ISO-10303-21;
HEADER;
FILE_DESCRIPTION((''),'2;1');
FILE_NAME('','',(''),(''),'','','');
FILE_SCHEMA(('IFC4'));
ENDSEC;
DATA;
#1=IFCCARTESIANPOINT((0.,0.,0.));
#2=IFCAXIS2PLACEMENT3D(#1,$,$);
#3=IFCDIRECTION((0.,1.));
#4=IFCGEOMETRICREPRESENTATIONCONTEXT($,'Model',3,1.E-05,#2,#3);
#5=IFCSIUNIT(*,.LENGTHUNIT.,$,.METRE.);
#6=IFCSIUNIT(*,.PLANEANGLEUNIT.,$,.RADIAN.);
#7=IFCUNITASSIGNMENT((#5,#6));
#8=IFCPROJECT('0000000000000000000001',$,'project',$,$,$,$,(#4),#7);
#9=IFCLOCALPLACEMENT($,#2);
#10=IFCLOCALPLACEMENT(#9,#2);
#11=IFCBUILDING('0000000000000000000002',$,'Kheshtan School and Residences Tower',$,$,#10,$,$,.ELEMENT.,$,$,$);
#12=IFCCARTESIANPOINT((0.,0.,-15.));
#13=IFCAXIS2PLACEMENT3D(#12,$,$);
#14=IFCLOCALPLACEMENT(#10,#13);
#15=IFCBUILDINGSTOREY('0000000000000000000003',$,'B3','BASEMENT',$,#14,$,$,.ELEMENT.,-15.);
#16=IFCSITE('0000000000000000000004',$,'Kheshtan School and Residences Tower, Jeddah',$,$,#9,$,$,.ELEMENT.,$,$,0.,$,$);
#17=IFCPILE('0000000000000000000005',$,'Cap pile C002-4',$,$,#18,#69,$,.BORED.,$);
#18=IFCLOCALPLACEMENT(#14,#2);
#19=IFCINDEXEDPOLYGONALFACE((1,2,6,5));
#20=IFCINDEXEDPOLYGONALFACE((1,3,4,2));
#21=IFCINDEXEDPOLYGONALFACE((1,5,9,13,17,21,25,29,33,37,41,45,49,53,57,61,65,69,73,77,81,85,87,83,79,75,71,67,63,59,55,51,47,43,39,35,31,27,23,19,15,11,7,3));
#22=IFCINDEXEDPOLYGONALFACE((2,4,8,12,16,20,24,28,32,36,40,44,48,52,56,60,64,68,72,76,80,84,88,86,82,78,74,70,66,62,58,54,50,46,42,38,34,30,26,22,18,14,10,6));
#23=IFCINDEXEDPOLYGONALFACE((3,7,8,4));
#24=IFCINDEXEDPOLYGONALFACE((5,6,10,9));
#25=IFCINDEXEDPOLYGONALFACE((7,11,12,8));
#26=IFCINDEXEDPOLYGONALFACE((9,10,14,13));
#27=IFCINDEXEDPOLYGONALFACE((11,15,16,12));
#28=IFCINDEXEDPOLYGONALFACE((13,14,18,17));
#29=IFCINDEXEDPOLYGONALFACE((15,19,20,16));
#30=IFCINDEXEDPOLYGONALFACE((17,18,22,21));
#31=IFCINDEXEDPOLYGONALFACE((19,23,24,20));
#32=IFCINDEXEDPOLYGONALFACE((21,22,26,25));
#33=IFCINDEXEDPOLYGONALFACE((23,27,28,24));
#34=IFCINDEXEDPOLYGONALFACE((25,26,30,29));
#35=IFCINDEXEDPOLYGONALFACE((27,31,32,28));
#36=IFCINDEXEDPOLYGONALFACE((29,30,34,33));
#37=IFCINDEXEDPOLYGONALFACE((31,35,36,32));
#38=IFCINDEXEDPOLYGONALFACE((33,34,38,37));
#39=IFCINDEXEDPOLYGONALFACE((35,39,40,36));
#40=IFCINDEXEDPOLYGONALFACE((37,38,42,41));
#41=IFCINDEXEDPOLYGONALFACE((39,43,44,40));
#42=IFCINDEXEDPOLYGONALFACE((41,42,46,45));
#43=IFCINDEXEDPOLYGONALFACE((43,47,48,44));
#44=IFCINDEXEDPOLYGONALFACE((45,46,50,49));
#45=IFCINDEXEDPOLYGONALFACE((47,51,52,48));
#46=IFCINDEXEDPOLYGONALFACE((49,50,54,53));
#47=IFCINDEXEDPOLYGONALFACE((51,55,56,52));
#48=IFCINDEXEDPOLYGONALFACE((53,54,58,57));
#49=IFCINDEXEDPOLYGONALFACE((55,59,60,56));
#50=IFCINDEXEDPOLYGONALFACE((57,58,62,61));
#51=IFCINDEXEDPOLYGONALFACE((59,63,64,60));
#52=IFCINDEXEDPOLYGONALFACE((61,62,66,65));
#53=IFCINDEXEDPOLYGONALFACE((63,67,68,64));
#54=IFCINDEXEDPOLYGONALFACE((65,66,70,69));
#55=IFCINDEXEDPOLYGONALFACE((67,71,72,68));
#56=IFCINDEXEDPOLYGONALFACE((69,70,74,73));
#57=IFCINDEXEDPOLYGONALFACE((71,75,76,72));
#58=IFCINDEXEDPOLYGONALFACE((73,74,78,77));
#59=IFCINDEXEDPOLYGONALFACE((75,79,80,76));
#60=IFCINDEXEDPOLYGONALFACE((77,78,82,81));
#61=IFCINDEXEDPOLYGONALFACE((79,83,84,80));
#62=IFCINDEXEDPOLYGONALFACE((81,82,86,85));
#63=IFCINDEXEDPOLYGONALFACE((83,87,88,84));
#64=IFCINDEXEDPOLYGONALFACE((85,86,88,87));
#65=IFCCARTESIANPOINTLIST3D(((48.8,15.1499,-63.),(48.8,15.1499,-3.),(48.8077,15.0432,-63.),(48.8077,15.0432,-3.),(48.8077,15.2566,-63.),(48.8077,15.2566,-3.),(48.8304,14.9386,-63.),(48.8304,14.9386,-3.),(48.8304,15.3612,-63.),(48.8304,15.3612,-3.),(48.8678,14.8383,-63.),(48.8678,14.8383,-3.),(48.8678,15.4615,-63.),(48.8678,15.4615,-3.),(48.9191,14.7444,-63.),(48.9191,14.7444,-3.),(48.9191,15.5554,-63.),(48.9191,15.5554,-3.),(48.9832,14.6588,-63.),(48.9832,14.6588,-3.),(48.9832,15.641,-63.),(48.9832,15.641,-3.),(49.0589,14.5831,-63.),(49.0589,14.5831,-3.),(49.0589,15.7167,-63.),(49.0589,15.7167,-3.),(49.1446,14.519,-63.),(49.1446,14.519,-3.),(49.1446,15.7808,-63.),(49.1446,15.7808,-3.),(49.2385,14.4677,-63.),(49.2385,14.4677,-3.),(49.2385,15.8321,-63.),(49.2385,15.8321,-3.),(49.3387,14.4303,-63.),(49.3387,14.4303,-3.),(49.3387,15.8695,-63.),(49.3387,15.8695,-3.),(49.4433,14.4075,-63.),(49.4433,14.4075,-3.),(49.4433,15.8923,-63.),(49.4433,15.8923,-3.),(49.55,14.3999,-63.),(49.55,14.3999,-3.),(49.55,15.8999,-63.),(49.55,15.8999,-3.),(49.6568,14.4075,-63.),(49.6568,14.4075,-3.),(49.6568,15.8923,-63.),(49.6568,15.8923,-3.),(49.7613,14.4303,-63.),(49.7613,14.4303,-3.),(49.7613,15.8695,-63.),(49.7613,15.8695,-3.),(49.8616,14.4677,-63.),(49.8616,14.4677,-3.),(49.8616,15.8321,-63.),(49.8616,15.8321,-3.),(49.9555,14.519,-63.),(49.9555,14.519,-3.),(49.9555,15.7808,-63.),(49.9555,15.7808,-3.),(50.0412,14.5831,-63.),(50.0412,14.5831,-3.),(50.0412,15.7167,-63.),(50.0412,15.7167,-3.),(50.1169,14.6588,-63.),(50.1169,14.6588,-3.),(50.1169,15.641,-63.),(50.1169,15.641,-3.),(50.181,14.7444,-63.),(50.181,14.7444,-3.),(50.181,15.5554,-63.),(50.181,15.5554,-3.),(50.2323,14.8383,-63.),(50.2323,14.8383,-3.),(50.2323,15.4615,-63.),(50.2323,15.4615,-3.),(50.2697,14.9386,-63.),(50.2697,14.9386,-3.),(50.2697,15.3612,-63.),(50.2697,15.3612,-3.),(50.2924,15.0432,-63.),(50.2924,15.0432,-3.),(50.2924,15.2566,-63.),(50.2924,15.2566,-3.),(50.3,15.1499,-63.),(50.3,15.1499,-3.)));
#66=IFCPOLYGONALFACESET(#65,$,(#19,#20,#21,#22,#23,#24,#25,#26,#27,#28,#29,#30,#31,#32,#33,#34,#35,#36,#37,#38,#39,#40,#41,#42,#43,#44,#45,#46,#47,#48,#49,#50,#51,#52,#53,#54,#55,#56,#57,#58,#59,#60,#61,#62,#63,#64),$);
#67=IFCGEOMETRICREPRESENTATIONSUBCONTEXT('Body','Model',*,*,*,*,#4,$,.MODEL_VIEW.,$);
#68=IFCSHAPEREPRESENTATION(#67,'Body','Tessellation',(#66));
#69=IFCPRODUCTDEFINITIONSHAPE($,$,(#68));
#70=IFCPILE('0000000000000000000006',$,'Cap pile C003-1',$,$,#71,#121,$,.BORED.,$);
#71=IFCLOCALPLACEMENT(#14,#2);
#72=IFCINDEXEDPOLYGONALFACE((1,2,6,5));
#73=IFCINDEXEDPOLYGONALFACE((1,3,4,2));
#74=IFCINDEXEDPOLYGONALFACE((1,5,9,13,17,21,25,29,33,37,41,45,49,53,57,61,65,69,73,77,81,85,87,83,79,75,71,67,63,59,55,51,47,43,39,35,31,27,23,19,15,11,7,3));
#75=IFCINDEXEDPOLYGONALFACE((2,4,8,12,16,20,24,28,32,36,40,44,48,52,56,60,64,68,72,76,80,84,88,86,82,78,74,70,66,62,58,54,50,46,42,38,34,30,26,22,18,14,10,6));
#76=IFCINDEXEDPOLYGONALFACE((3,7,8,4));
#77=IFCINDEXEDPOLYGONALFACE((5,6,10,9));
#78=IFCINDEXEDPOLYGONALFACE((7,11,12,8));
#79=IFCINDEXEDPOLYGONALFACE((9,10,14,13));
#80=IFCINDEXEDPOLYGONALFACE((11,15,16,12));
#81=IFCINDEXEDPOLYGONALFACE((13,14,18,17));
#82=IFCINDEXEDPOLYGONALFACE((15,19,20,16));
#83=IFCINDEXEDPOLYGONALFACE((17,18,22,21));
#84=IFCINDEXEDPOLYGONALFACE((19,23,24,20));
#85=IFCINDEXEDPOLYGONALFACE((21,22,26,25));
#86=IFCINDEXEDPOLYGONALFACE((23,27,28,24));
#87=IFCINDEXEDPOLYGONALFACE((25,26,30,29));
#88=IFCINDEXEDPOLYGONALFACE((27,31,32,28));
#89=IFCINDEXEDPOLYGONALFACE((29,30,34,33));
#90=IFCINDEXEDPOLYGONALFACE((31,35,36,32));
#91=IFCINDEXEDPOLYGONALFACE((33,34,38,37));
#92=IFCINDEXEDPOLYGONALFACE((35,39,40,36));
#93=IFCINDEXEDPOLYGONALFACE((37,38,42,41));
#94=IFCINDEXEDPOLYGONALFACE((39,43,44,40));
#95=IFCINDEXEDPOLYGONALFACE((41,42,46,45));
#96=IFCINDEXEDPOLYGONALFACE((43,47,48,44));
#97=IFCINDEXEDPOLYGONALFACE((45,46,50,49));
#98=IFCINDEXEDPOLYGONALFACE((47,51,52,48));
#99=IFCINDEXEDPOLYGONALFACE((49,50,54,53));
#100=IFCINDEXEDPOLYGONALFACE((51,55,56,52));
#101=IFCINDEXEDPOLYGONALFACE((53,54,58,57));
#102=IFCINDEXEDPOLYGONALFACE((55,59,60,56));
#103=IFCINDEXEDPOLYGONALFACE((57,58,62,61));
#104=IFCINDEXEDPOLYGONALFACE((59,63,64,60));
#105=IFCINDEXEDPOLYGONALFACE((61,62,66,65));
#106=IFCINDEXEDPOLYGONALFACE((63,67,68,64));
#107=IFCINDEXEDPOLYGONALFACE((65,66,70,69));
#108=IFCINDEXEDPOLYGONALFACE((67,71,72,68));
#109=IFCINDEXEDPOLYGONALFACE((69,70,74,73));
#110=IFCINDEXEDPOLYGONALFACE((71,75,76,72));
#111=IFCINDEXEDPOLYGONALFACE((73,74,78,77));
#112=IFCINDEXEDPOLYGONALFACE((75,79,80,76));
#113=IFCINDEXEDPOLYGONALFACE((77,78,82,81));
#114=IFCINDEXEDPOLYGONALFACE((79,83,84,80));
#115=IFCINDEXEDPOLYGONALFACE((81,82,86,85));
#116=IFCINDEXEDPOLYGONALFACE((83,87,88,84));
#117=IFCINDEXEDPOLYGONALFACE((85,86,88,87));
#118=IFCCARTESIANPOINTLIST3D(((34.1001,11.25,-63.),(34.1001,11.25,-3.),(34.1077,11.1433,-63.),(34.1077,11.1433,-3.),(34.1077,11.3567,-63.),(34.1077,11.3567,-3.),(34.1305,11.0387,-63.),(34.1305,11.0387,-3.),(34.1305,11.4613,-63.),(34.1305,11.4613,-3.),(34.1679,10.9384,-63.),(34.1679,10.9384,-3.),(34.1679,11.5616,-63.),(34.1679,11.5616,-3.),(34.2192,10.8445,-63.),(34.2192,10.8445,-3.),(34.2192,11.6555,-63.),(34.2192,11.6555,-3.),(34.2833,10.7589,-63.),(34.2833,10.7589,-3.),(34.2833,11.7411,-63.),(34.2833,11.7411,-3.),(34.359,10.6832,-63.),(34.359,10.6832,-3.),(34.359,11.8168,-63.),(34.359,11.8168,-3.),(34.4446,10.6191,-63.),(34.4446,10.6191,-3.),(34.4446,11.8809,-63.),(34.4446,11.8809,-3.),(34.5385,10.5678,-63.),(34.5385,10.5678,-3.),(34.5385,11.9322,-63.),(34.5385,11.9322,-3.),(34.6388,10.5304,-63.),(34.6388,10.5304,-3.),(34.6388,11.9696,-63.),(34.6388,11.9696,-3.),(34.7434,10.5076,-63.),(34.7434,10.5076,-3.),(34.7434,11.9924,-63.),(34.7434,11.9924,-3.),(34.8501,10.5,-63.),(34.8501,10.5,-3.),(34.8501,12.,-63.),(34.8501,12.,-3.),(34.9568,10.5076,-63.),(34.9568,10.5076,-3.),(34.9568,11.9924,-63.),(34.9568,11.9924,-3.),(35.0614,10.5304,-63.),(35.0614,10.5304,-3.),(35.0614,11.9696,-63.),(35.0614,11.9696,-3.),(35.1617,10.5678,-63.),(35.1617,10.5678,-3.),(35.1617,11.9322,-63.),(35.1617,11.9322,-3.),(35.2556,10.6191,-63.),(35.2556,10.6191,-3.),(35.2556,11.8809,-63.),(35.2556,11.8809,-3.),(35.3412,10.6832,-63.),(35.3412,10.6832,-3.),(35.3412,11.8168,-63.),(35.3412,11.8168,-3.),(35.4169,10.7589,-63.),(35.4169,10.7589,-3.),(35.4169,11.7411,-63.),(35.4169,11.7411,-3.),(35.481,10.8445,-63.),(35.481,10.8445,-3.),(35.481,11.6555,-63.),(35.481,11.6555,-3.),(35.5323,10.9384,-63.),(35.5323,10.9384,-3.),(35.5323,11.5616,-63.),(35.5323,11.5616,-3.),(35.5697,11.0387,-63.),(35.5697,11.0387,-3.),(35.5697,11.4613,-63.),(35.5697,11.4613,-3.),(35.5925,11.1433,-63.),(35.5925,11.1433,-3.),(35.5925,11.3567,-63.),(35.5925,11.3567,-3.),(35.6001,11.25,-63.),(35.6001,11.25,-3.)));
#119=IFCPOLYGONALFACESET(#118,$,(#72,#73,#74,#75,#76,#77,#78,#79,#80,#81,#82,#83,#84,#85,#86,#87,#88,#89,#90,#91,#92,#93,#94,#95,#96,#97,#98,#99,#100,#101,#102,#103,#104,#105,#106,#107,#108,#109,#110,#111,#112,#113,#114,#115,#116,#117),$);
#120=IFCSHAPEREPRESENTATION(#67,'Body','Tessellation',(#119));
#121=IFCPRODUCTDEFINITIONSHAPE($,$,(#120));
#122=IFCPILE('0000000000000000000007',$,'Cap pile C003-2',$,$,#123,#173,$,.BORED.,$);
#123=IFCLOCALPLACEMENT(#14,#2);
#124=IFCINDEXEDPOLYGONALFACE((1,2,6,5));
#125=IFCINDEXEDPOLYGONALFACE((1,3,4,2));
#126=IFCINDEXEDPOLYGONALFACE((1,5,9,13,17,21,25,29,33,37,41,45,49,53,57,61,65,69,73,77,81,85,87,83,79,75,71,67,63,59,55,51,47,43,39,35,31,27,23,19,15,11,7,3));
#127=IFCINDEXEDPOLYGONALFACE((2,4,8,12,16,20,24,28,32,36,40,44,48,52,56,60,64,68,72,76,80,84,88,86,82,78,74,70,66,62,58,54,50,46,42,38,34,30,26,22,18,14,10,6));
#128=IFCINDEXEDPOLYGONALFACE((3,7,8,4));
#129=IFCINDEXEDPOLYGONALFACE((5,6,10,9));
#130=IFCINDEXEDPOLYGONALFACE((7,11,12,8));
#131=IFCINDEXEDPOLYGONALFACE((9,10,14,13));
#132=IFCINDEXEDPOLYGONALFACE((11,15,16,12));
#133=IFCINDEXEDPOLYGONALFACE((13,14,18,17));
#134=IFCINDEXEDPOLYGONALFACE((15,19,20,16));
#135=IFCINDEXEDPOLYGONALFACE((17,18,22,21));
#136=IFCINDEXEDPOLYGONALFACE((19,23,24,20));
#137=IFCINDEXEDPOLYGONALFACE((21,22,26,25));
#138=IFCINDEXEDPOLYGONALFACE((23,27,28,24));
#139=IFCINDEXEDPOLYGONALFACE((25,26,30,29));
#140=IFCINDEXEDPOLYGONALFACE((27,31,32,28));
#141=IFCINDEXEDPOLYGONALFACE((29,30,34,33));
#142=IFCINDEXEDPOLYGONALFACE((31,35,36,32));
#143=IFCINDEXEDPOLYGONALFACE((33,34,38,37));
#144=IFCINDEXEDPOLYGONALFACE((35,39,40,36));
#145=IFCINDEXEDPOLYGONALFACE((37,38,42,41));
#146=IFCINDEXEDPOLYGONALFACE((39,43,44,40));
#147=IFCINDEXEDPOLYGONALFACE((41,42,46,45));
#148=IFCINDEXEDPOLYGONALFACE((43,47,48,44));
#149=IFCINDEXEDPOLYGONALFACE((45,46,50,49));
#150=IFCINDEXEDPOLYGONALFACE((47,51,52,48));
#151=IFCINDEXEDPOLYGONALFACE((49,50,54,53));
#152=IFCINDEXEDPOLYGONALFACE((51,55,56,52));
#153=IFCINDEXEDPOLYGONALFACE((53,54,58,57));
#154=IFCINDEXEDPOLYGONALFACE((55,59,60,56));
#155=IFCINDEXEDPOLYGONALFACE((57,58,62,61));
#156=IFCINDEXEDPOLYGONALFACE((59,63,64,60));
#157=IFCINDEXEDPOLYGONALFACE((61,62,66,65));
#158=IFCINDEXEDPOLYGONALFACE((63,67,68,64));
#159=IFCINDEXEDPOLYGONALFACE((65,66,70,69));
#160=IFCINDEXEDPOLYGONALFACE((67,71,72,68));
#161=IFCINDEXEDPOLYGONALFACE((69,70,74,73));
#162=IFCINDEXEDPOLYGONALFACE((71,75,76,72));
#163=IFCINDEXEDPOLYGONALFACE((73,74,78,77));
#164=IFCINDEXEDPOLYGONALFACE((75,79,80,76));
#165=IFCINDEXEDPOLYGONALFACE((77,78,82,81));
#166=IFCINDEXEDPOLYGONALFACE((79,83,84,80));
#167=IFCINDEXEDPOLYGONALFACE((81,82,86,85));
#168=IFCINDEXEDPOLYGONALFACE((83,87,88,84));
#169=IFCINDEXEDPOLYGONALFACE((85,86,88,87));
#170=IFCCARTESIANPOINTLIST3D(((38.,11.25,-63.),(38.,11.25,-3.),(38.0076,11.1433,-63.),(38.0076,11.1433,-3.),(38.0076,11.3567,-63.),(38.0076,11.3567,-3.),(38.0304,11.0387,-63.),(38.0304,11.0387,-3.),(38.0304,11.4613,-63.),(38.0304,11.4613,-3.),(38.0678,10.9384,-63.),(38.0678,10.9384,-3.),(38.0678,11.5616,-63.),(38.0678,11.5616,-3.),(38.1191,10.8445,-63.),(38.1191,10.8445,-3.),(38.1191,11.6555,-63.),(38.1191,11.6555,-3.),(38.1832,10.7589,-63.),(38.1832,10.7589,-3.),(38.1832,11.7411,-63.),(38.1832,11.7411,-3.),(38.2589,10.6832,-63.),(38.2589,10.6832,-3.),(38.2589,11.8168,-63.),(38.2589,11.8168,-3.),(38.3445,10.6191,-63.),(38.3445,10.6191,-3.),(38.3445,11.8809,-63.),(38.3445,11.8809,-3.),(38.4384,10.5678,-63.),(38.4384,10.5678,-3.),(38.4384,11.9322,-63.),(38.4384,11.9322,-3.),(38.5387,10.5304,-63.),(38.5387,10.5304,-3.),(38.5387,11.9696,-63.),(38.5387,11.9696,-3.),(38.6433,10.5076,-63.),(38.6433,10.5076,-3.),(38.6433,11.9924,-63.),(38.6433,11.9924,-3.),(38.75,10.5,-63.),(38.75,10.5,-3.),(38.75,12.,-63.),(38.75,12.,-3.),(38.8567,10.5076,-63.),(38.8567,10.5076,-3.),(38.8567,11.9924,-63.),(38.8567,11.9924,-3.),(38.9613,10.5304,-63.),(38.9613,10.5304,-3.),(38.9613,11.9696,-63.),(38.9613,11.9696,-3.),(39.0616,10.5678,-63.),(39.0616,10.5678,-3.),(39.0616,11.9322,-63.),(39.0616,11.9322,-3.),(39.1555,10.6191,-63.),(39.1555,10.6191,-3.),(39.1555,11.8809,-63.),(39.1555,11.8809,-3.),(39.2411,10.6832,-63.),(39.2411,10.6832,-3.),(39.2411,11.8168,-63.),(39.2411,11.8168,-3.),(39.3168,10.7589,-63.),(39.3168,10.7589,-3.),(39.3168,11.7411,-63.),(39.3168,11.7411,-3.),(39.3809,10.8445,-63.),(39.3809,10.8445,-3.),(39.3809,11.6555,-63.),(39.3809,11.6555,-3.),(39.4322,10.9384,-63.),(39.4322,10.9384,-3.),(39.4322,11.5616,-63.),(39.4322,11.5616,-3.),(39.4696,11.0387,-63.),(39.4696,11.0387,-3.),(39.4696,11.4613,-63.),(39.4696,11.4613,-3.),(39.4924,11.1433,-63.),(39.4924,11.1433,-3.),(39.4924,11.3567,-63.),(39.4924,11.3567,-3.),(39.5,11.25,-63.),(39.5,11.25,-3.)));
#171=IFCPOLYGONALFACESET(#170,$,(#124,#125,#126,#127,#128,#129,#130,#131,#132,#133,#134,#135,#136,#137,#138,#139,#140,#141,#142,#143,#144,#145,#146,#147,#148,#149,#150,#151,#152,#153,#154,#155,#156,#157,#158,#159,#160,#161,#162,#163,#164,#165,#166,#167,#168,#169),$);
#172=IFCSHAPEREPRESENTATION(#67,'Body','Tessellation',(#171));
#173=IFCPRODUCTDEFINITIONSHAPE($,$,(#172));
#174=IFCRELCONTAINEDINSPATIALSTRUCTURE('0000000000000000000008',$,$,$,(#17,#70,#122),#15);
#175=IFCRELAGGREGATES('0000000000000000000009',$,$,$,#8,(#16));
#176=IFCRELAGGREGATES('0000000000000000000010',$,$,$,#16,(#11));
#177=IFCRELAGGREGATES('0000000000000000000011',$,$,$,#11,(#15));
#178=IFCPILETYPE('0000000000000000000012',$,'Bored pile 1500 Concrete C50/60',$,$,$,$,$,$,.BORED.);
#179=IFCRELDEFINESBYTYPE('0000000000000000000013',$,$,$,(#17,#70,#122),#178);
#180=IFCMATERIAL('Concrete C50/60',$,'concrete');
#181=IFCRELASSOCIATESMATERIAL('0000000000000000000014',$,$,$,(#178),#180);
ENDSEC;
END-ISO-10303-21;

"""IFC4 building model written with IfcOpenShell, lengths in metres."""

from ifc_helpers import new_model, si_unit, direction, frame, origin, origin_2d, place, context, subcontext, project, spatial, circle, extrude, material, material_profile, profile_set, type_object, element, save


model = new_model("IFC4")

# Units and contexts
model_context = context("Model", 3, precision=1e-05, world=origin(), true_north=direction((0.0, 1.0)))
body_context = subcontext(model_context, "Body", "Model", "MODEL_VIEW")
ifc_project = project(units=[si_unit("LENGTHUNIT", "METRE"), si_unit("PLANEANGLEUNIT", "RADIAN")], contexts=[model_context])

# Site, building, storey
site_placement = place(None, origin())
site = spatial("IfcSite", under=ifc_project, at=site_placement, Name="Kheshtan School and Residences Tower, Jeddah", CompositionType="ELEMENT", RefElevation=0.0)
building_placement = place(site_placement, origin())
building = spatial("IfcBuilding", under=site, at=building_placement, Name="Kheshtan School and Residences Tower", CompositionType="ELEMENT")
storey_placement = place(building_placement, frame((0.0, 0.0, -15.0)))
storey = spatial("IfcBuildingStorey", under=building, at=storey_placement, Name="B3", Description="BASEMENT", CompositionType="ELEMENT", Elevation=-15.0)

# Piles
ifc_material_1 = material(Name="Concrete C50/60", Category="concrete")
ifc_material_profile_1 = material_profile(ifc_material_1, circle(Radius=0.75, at=origin_2d()), Name="BP 1500")
ifc_profile_set_1 = profile_set([ifc_material_profile_1], Name="Concrete C50/60")
pile_type_1 = type_object("IfcPileType", Name="Bored pile 1500 Concrete C50/60", PredefinedType="BORED", material=ifc_profile_set_1)
for number, where, z_axis, x_axis, name in (
    (1, (49.55, 15.1499, -3.0), (0.0, 0.0, -1.0), (1.0, 0.0, 0.0), "Cap pile C002-4"),
    (2, (34.8501, 11.25, -3.0), (0.0, 0.0, -1.0), (1.0, 0.0, 0.0), "Cap pile C003-1"),
    (3, (38.75, 11.25, -3.0), (0.0, 0.0, -1.0), (1.0, 0.0, 0.0), "Cap pile C003-2"),
):
    element("IfcPile", number, at=place(storey_placement, frame(where, z_axis=z_axis, x_axis=x_axis)), inside=storey, type_object=pile_type_1, Name=name, PredefinedType="BORED", context=body_context, shape_type="SweptSolid", body=[
        extrude(circle(Radius=0.75, at=origin_2d()), origin(), (0.0, 0.0, 1.0), 60.0),
    ])

save(model, "model.ifc")
